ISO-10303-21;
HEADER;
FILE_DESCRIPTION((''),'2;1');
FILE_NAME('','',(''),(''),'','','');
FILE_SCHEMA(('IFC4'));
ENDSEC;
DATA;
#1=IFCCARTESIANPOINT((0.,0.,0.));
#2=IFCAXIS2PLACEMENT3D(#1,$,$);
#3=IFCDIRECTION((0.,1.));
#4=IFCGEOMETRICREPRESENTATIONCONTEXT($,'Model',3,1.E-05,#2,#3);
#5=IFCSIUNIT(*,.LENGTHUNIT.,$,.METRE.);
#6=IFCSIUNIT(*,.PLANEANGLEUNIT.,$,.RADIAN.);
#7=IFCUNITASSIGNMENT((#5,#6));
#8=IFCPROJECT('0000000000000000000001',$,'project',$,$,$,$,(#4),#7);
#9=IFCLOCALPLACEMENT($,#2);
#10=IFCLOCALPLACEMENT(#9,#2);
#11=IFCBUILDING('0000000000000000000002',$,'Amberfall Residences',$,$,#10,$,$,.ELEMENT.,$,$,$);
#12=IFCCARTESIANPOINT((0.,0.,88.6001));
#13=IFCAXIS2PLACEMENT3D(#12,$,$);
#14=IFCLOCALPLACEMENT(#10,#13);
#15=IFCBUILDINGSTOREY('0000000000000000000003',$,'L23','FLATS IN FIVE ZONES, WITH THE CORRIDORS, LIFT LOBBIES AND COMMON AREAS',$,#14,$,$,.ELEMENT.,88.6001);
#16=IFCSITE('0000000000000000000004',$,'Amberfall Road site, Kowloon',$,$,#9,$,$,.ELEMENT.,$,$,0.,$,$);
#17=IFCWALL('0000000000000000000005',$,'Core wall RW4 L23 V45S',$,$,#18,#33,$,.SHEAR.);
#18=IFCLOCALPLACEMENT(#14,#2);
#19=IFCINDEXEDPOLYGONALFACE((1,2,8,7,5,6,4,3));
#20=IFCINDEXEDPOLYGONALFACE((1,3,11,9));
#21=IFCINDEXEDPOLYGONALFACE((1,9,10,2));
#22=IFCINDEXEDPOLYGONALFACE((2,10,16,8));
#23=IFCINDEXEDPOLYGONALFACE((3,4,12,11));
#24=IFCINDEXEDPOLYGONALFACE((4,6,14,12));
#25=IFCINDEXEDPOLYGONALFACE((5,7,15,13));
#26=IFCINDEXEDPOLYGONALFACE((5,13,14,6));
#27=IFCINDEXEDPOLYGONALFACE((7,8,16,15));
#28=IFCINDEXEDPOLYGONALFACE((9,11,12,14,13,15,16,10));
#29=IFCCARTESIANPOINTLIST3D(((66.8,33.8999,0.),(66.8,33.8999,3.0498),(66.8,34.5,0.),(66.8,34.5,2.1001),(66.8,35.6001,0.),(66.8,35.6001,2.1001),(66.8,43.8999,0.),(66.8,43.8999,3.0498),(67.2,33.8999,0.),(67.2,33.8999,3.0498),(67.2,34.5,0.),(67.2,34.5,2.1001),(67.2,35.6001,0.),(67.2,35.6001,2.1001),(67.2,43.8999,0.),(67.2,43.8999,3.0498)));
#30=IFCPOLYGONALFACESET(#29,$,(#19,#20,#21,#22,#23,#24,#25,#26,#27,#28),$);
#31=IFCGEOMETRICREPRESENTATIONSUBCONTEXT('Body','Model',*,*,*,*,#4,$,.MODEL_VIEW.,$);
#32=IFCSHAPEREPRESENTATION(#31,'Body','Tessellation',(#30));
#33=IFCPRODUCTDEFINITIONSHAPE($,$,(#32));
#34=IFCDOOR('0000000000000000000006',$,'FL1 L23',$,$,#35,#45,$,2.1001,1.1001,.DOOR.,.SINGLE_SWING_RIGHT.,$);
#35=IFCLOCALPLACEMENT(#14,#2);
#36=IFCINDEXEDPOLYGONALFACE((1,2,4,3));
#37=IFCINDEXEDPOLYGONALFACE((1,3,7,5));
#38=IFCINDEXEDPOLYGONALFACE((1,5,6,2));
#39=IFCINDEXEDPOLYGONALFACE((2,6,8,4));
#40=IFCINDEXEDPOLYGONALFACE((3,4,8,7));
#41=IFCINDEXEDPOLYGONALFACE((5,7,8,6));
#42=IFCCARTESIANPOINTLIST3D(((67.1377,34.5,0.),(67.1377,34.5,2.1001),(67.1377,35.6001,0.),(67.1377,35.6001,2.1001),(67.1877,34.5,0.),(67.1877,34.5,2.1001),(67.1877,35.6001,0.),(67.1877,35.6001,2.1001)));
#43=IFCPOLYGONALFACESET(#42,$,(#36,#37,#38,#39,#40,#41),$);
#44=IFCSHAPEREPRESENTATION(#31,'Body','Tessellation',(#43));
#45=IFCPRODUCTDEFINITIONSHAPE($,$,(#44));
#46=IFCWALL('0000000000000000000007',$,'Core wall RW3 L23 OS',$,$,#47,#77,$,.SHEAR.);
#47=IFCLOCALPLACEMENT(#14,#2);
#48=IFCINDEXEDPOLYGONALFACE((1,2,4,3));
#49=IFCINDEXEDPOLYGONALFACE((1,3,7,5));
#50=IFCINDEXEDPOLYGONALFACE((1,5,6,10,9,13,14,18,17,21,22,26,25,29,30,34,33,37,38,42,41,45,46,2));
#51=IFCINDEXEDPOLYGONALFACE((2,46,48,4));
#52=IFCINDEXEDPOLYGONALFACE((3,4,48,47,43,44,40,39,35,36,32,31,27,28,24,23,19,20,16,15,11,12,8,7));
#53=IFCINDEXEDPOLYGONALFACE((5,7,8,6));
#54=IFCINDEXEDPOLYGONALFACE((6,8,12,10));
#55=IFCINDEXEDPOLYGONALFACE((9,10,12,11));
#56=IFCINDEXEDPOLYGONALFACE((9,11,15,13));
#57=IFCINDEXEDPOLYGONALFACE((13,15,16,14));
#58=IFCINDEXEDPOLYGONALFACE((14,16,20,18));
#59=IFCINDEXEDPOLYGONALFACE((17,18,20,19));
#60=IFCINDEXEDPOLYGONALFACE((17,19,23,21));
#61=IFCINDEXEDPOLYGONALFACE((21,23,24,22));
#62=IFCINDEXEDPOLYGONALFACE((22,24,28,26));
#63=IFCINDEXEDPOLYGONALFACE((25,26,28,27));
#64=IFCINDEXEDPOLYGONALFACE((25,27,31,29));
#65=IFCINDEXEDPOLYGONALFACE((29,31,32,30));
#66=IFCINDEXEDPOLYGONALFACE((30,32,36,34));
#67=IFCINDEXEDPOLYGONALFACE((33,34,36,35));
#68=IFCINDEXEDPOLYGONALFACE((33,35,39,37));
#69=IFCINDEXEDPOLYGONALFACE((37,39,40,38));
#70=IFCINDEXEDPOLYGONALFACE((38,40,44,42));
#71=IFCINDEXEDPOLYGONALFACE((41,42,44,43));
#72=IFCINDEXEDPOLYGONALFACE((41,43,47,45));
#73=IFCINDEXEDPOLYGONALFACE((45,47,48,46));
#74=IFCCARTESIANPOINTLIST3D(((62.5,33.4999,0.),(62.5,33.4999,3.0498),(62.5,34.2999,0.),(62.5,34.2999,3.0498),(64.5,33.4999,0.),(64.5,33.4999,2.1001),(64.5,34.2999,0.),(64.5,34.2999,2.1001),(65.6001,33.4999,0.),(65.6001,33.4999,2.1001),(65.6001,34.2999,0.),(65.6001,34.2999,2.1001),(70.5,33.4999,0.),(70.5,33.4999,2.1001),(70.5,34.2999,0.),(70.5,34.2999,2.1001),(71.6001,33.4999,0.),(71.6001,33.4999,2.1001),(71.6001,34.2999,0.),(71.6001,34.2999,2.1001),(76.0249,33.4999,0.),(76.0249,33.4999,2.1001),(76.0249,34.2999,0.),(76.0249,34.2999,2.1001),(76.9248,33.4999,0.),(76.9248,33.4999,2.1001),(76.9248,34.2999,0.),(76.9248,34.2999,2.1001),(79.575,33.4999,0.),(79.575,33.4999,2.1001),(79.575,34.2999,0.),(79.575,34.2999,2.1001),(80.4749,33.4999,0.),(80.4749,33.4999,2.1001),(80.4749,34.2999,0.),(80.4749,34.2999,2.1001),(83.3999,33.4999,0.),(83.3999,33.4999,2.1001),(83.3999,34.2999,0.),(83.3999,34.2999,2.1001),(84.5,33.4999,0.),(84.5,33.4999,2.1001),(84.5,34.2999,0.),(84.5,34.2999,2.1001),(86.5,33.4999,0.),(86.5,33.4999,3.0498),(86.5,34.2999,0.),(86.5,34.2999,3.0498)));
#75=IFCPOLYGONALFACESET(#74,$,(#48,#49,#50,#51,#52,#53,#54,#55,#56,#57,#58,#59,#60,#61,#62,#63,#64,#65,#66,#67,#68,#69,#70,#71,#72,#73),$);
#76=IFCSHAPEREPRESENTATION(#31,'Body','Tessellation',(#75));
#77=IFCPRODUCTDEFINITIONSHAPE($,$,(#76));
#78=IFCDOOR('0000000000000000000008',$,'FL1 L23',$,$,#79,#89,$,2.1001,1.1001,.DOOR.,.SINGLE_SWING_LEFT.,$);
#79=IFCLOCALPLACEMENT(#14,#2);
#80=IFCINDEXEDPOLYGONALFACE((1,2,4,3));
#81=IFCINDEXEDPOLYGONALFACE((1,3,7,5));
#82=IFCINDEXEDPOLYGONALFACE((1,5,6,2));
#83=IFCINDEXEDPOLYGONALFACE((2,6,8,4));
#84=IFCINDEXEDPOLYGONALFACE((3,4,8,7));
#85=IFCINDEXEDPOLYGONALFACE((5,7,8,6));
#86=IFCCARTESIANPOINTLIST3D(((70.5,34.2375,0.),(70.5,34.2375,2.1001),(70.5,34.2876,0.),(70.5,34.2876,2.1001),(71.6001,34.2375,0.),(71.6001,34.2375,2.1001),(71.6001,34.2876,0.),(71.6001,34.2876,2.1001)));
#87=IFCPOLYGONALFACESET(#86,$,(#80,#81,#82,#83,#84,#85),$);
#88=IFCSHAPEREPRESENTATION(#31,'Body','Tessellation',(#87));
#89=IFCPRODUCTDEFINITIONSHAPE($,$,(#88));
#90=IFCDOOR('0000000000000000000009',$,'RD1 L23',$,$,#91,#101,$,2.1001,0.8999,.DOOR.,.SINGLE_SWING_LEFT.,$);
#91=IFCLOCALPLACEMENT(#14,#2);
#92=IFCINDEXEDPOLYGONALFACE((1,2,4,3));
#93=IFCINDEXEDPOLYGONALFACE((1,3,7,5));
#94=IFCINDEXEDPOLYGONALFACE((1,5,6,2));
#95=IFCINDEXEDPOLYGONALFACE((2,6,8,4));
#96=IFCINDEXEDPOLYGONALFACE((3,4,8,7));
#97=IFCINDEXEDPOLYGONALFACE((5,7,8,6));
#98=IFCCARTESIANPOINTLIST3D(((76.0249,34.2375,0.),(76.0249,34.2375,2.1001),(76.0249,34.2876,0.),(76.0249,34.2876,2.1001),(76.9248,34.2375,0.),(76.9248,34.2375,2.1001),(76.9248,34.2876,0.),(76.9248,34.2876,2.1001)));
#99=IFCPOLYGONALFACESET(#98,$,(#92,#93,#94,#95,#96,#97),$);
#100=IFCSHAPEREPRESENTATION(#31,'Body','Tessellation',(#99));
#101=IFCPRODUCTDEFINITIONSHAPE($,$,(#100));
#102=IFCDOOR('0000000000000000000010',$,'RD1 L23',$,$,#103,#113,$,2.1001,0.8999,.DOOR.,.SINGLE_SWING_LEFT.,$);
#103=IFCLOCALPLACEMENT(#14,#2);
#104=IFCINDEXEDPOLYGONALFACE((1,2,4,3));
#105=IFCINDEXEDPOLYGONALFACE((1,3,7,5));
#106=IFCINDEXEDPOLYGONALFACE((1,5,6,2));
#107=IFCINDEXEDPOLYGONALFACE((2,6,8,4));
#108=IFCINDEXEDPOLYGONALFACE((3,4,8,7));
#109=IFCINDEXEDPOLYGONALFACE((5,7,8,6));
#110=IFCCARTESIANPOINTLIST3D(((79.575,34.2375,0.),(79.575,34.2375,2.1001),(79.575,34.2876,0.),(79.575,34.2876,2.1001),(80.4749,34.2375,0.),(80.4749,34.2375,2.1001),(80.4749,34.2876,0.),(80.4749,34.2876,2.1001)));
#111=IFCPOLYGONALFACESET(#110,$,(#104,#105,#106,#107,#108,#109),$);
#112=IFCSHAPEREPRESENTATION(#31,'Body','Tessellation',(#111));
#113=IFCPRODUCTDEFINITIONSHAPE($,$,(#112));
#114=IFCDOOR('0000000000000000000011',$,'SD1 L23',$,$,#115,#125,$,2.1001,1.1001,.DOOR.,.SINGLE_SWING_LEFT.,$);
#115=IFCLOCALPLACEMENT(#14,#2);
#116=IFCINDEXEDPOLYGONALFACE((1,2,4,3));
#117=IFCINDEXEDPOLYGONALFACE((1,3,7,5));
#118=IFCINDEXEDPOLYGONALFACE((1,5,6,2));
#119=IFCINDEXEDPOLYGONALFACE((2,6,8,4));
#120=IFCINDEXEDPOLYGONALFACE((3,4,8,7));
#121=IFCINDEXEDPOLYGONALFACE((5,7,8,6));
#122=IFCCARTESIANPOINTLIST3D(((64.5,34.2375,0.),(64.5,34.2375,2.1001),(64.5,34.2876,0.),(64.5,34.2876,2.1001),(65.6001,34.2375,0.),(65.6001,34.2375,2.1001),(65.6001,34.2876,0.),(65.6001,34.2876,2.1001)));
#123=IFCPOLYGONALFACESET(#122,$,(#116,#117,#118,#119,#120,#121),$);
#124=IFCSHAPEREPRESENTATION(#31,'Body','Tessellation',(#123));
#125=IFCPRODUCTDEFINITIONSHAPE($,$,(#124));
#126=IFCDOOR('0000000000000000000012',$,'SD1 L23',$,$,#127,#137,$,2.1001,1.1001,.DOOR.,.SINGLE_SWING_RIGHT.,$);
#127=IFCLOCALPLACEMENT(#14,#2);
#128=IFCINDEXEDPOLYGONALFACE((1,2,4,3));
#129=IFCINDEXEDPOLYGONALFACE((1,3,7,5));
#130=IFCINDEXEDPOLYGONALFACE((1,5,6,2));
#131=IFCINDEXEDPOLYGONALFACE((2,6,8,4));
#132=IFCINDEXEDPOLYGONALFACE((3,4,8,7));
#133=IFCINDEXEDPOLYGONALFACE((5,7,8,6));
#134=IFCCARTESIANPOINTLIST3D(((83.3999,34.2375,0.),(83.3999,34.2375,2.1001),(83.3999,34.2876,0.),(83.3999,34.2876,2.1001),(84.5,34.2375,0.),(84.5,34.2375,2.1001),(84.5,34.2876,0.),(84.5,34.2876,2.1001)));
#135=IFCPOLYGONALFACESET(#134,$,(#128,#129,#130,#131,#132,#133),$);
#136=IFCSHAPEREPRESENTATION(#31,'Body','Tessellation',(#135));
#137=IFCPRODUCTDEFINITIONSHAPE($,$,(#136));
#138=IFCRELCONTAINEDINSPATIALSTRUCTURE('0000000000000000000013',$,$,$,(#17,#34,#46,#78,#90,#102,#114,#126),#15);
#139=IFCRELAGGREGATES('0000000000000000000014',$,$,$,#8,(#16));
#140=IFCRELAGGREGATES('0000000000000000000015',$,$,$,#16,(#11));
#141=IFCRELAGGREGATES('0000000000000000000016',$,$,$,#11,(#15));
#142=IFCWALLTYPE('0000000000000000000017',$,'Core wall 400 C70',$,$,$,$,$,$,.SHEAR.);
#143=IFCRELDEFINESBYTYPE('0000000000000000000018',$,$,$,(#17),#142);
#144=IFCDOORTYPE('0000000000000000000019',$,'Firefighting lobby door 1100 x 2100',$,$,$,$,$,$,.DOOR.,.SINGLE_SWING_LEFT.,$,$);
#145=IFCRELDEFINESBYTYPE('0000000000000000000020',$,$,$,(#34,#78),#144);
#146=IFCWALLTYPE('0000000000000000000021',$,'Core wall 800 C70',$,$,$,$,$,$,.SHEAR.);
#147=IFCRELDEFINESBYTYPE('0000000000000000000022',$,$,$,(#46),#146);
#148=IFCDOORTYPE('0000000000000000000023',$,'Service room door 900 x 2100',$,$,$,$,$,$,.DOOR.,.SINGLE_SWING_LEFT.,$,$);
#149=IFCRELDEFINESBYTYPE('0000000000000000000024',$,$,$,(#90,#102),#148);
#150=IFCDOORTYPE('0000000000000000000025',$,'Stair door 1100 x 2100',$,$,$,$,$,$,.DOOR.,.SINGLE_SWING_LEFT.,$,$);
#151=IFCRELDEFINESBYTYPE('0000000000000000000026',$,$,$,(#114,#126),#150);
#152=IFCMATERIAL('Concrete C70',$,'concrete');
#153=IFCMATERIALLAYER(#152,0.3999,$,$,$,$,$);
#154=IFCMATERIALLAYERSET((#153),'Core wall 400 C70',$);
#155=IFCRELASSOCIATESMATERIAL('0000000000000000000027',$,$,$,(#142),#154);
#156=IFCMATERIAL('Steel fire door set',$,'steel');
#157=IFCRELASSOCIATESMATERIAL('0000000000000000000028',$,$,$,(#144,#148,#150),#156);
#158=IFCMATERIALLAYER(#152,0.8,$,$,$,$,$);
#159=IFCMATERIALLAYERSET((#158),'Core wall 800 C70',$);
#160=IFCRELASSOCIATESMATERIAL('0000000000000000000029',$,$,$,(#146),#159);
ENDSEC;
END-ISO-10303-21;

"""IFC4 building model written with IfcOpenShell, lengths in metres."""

from ifc_helpers import new_model, si_unit, direction, frame, frame_2d, origin, place, context, subcontext, project, spatial, rectangle, extrude, material, layer, layer_set, type_object, element, fill, save


model = new_model("IFC4")

# Units and contexts
model_context = context("Model", 3, precision=1e-05, world=origin(), true_north=direction((0.0, 1.0)))
body_context = subcontext(model_context, "Body", "Model", "MODEL_VIEW")
ifc_project = project(units=[si_unit("LENGTHUNIT", "METRE"), si_unit("PLANEANGLEUNIT", "RADIAN")], contexts=[model_context])

# Site, building, storey
site_placement = place(None, origin())
site = spatial("IfcSite", under=ifc_project, at=site_placement, Name="Amberfall Road site, Kowloon", CompositionType="ELEMENT", RefElevation=0.0)
building_placement = place(site_placement, origin())
building = spatial("IfcBuilding", under=site, at=building_placement, Name="Amberfall Residences", CompositionType="ELEMENT")
storey_placement = place(building_placement, frame((0.0, 0.0, 88.6001)))
storey = spatial("IfcBuildingStorey", under=building, at=storey_placement, Name="L23", Description="FLATS IN FIVE ZONES, WITH THE CORRIDORS, LIFT LOBBIES AND COMMON AREAS", CompositionType="ELEMENT", Elevation=88.6001)

# Wall, opening, door
ifc_material_1 = material(Name="Concrete C70", Category="concrete")
ifc_layer_1 = layer(ifc_material_1, 0.3999)
ifc_layer_set_1 = layer_set([ifc_layer_1], Name="Core wall 400 C70")
wall_type_1 = type_object("IfcWallType", Name="Core wall 400 C70", PredefinedType="SHEAR", material=ifc_layer_set_1)
wall_1_placement = place(storey_placement, frame((67.0, 33.8999, 0.0), z_axis=(0.0, 0.0, 1.0), x_axis=(0.0, 1.0, 0.0)))
wall_1 = element("IfcWall", 1, at=wall_1_placement, inside=storey, type_object=wall_type_1, Name="Core wall RW4 L23 V45S", PredefinedType="SHEAR", context=body_context, shape_type="SweptSolid", body=[
    extrude(rectangle(XDim=10.0, YDim=0.3999, at=frame_2d((5.0, 0.0))), origin(), (0.0, 0.0, 1.0), 3.0498),
])
opening_1_placement = place(wall_1_placement, frame((0.6001, 0.0, 0.0)))
opening_1 = element("IfcOpeningElement", 2, at=opening_1_placement, cuts=wall_1, PredefinedType="OPENING", context=body_context, shape_type="SweptSolid", body=[
    extrude(rectangle(XDim=1.1001, YDim=2.1001, at=frame_2d((0.55, 1.05))), frame((0.0, 0.21, 0.0), z_axis=(0.0, -1.0, 0.0), x_axis=(1.0, 0.0, 0.0)), (0.0, 0.0, 1.0), 0.4199),
])
ifc_material_2 = material(Name="Steel fire door set", Category="steel")
door_type_1 = type_object("IfcDoorType", Name="Firefighting lobby door 1100 x 2100", OperationType="SINGLE_SWING_LEFT", PredefinedType="DOOR", material=ifc_material_2)
door_1_placement = place(opening_1_placement, origin())
door_1 = element("IfcDoor", 3, at=door_1_placement, inside=storey, type_object=door_type_1, Name="FL1 L23", OperationType="SINGLE_SWING_RIGHT", OverallHeight=2.1001, OverallWidth=1.1001, PredefinedType="DOOR", context=body_context, shape_type="SweptSolid", body=[
    extrude(rectangle(XDim=1.1001, YDim=2.1001, at=frame_2d((0.55, 1.05))), frame((0.0, -0.1377, 0.0), z_axis=(0.0, -1.0, 0.0), x_axis=(1.0, 0.0, 0.0)), (0.0, 0.0, 1.0), 0.05),
])
fill(opening_1, door_1)

# Wall, openings, doors
ifc_layer_2 = layer(ifc_material_1, 0.8)
ifc_layer_set_2 = layer_set([ifc_layer_2], Name="Core wall 800 C70")
wall_type_2 = type_object("IfcWallType", Name="Core wall 800 C70", PredefinedType="SHEAR", material=ifc_layer_set_2)
wall_2_placement = place(storey_placement, frame((62.5, 33.8999, 0.0), z_axis=(0.0, 0.0, 1.0), x_axis=(1.0, 0.0, 0.0)))
wall_2 = element("IfcWall", 4, at=wall_2_placement, inside=storey, type_object=wall_type_2, Name="Core wall RW3 L23 OS", PredefinedType="SHEAR", context=body_context, shape_type="SweptSolid", body=[
    extrude(rectangle(XDim=24.0, YDim=0.8, at=frame_2d((12.0, 0.0))), origin(), (0.0, 0.0, 1.0), 3.0498),
])
opening_2_placement = place(wall_2_placement, frame((2.0, 0.0, 0.0)))
opening_2 = element("IfcOpeningElement", 5, at=opening_2_placement, cuts=wall_2, PredefinedType="OPENING", context=body_context, shape_type="SweptSolid", body=[
    extrude(rectangle(XDim=1.1001, YDim=2.1001, at=frame_2d((0.55, 1.05))), frame((0.0, 0.4099, 0.0), z_axis=(0.0, -1.0, 0.0), x_axis=(1.0, 0.0, 0.0)), (0.0, 0.0, 1.0), 0.8201),
])
opening_3_placement = place(wall_2_placement, frame((20.8999, 0.0, 0.0)))
opening_3 = element("IfcOpeningElement", 6, at=opening_3_placement, cuts=wall_2, PredefinedType="OPENING", context=body_context, shape_type="SweptSolid", body=[
    extrude(rectangle(XDim=1.1001, YDim=2.1001, at=frame_2d((0.55, 1.05))), frame((0.0, 0.4099, 0.0), z_axis=(0.0, -1.0, 0.0), x_axis=(1.0, 0.0, 0.0)), (0.0, 0.0, 1.0), 0.8201),
])
opening_4_placement = place(wall_2_placement, frame((8.0, 0.0, 0.0)))
opening_4 = element("IfcOpeningElement", 7, at=opening_4_placement, cuts=wall_2, PredefinedType="OPENING", context=body_context, shape_type="SweptSolid", body=[
    extrude(rectangle(XDim=1.1001, YDim=2.1001, at=frame_2d((0.55, 1.05))), frame((0.0, 0.4099, 0.0), z_axis=(0.0, -1.0, 0.0), x_axis=(1.0, 0.0, 0.0)), (0.0, 0.0, 1.0), 0.8201),
])
opening_5_placement = place(wall_2_placement, frame((13.5249, 0.0, 0.0)))
opening_5 = element("IfcOpeningElement", 8, at=opening_5_placement, cuts=wall_2, PredefinedType="OPENING", context=body_context, shape_type="SweptSolid", body=[
    extrude(rectangle(XDim=0.8999, YDim=2.1001, at=frame_2d((0.45, 1.05))), frame((0.0, 0.4099, 0.0), z_axis=(0.0, -1.0, 0.0), x_axis=(1.0, 0.0, 0.0)), (0.0, 0.0, 1.0), 0.8201),
])
opening_6_placement = place(wall_2_placement, frame((17.075, 0.0, 0.0)))
opening_6 = element("IfcOpeningElement", 9, at=opening_6_placement, cuts=wall_2, PredefinedType="OPENING", context=body_context, shape_type="SweptSolid", body=[
    extrude(rectangle(XDim=0.8999, YDim=2.1001, at=frame_2d((0.45, 1.05))), frame((0.0, 0.4099, 0.0), z_axis=(0.0, -1.0, 0.0), x_axis=(1.0, 0.0, 0.0)), (0.0, 0.0, 1.0), 0.8201),
])
door_2_placement = place(opening_4_placement, origin())
door_2 = element("IfcDoor", 10, at=door_2_placement, inside=storey, type_object=door_type_1, Name="FL1 L23", OperationType="SINGLE_SWING_LEFT", OverallHeight=2.1001, OverallWidth=1.1001, PredefinedType="DOOR", context=body_context, shape_type="SweptSolid", body=[
    extrude(rectangle(XDim=1.1001, YDim=2.1001, at=frame_2d((0.55, 1.05))), frame((0.0, 0.3877, 0.0), z_axis=(0.0, -1.0, 0.0), x_axis=(1.0, 0.0, 0.0)), (0.0, 0.0, 1.0), 0.05),
])
fill(opening_4, door_2)
door_type_2 = type_object("IfcDoorType", Name="Service room door 900 x 2100", OperationType="SINGLE_SWING_LEFT", PredefinedType="DOOR", material=ifc_material_2)
door_3_placement = place(opening_5_placement, origin())
door_3 = element("IfcDoor", 11, at=door_3_placement, inside=storey, type_object=door_type_2, Name="RD1 L23", OperationType="SINGLE_SWING_LEFT", OverallHeight=2.1001, OverallWidth=0.8999, PredefinedType="DOOR", context=body_context, shape_type="SweptSolid", body=[
    extrude(rectangle(XDim=0.8999, YDim=2.1001, at=frame_2d((0.45, 1.05))), frame((0.0, 0.3877, 0.0), z_axis=(0.0, -1.0, 0.0), x_axis=(1.0, 0.0, 0.0)), (0.0, 0.0, 1.0), 0.05),
])
fill(opening_5, door_3)
door_4_placement = place(opening_6_placement, origin())
door_4 = element("IfcDoor", 12, at=door_4_placement, inside=storey, type_object=door_type_2, Name="RD1 L23", OperationType="SINGLE_SWING_LEFT", OverallHeight=2.1001, OverallWidth=0.8999, PredefinedType="DOOR", context=body_context, shape_type="SweptSolid", body=[
    extrude(rectangle(XDim=0.8999, YDim=2.1001, at=frame_2d((0.45, 1.05))), frame((0.0, 0.3877, 0.0), z_axis=(0.0, -1.0, 0.0), x_axis=(1.0, 0.0, 0.0)), (0.0, 0.0, 1.0), 0.05),
])
fill(opening_6, door_4)
door_type_3 = type_object("IfcDoorType", Name="Stair door 1100 x 2100", OperationType="SINGLE_SWING_LEFT", PredefinedType="DOOR", material=ifc_material_2)
door_5_placement = place(opening_2_placement, origin())
door_5 = element("IfcDoor", 13, at=door_5_placement, inside=storey, type_object=door_type_3, Name="SD1 L23", OperationType="SINGLE_SWING_LEFT", OverallHeight=2.1001, OverallWidth=1.1001, PredefinedType="DOOR", context=body_context, shape_type="SweptSolid", body=[
    extrude(rectangle(XDim=1.1001, YDim=2.1001, at=frame_2d((0.55, 1.05))), frame((0.0, 0.3877, 0.0), z_axis=(0.0, -1.0, 0.0), x_axis=(1.0, 0.0, 0.0)), (0.0, 0.0, 1.0), 0.05),
])
fill(opening_2, door_5)
door_6_placement = place(opening_3_placement, origin())
door_6 = element("IfcDoor", 14, at=door_6_placement, inside=storey, type_object=door_type_3, Name="SD1 L23", OperationType="SINGLE_SWING_RIGHT", OverallHeight=2.1001, OverallWidth=1.1001, PredefinedType="DOOR", context=body_context, shape_type="SweptSolid", body=[
    extrude(rectangle(XDim=1.1001, YDim=2.1001, at=frame_2d((0.55, 1.05))), frame((0.0, 0.3877, 0.0), z_axis=(0.0, -1.0, 0.0), x_axis=(1.0, 0.0, 0.0)), (0.0, 0.0, 1.0), 0.05),
])
fill(opening_3, door_6)

save(model, "model.ifc")
